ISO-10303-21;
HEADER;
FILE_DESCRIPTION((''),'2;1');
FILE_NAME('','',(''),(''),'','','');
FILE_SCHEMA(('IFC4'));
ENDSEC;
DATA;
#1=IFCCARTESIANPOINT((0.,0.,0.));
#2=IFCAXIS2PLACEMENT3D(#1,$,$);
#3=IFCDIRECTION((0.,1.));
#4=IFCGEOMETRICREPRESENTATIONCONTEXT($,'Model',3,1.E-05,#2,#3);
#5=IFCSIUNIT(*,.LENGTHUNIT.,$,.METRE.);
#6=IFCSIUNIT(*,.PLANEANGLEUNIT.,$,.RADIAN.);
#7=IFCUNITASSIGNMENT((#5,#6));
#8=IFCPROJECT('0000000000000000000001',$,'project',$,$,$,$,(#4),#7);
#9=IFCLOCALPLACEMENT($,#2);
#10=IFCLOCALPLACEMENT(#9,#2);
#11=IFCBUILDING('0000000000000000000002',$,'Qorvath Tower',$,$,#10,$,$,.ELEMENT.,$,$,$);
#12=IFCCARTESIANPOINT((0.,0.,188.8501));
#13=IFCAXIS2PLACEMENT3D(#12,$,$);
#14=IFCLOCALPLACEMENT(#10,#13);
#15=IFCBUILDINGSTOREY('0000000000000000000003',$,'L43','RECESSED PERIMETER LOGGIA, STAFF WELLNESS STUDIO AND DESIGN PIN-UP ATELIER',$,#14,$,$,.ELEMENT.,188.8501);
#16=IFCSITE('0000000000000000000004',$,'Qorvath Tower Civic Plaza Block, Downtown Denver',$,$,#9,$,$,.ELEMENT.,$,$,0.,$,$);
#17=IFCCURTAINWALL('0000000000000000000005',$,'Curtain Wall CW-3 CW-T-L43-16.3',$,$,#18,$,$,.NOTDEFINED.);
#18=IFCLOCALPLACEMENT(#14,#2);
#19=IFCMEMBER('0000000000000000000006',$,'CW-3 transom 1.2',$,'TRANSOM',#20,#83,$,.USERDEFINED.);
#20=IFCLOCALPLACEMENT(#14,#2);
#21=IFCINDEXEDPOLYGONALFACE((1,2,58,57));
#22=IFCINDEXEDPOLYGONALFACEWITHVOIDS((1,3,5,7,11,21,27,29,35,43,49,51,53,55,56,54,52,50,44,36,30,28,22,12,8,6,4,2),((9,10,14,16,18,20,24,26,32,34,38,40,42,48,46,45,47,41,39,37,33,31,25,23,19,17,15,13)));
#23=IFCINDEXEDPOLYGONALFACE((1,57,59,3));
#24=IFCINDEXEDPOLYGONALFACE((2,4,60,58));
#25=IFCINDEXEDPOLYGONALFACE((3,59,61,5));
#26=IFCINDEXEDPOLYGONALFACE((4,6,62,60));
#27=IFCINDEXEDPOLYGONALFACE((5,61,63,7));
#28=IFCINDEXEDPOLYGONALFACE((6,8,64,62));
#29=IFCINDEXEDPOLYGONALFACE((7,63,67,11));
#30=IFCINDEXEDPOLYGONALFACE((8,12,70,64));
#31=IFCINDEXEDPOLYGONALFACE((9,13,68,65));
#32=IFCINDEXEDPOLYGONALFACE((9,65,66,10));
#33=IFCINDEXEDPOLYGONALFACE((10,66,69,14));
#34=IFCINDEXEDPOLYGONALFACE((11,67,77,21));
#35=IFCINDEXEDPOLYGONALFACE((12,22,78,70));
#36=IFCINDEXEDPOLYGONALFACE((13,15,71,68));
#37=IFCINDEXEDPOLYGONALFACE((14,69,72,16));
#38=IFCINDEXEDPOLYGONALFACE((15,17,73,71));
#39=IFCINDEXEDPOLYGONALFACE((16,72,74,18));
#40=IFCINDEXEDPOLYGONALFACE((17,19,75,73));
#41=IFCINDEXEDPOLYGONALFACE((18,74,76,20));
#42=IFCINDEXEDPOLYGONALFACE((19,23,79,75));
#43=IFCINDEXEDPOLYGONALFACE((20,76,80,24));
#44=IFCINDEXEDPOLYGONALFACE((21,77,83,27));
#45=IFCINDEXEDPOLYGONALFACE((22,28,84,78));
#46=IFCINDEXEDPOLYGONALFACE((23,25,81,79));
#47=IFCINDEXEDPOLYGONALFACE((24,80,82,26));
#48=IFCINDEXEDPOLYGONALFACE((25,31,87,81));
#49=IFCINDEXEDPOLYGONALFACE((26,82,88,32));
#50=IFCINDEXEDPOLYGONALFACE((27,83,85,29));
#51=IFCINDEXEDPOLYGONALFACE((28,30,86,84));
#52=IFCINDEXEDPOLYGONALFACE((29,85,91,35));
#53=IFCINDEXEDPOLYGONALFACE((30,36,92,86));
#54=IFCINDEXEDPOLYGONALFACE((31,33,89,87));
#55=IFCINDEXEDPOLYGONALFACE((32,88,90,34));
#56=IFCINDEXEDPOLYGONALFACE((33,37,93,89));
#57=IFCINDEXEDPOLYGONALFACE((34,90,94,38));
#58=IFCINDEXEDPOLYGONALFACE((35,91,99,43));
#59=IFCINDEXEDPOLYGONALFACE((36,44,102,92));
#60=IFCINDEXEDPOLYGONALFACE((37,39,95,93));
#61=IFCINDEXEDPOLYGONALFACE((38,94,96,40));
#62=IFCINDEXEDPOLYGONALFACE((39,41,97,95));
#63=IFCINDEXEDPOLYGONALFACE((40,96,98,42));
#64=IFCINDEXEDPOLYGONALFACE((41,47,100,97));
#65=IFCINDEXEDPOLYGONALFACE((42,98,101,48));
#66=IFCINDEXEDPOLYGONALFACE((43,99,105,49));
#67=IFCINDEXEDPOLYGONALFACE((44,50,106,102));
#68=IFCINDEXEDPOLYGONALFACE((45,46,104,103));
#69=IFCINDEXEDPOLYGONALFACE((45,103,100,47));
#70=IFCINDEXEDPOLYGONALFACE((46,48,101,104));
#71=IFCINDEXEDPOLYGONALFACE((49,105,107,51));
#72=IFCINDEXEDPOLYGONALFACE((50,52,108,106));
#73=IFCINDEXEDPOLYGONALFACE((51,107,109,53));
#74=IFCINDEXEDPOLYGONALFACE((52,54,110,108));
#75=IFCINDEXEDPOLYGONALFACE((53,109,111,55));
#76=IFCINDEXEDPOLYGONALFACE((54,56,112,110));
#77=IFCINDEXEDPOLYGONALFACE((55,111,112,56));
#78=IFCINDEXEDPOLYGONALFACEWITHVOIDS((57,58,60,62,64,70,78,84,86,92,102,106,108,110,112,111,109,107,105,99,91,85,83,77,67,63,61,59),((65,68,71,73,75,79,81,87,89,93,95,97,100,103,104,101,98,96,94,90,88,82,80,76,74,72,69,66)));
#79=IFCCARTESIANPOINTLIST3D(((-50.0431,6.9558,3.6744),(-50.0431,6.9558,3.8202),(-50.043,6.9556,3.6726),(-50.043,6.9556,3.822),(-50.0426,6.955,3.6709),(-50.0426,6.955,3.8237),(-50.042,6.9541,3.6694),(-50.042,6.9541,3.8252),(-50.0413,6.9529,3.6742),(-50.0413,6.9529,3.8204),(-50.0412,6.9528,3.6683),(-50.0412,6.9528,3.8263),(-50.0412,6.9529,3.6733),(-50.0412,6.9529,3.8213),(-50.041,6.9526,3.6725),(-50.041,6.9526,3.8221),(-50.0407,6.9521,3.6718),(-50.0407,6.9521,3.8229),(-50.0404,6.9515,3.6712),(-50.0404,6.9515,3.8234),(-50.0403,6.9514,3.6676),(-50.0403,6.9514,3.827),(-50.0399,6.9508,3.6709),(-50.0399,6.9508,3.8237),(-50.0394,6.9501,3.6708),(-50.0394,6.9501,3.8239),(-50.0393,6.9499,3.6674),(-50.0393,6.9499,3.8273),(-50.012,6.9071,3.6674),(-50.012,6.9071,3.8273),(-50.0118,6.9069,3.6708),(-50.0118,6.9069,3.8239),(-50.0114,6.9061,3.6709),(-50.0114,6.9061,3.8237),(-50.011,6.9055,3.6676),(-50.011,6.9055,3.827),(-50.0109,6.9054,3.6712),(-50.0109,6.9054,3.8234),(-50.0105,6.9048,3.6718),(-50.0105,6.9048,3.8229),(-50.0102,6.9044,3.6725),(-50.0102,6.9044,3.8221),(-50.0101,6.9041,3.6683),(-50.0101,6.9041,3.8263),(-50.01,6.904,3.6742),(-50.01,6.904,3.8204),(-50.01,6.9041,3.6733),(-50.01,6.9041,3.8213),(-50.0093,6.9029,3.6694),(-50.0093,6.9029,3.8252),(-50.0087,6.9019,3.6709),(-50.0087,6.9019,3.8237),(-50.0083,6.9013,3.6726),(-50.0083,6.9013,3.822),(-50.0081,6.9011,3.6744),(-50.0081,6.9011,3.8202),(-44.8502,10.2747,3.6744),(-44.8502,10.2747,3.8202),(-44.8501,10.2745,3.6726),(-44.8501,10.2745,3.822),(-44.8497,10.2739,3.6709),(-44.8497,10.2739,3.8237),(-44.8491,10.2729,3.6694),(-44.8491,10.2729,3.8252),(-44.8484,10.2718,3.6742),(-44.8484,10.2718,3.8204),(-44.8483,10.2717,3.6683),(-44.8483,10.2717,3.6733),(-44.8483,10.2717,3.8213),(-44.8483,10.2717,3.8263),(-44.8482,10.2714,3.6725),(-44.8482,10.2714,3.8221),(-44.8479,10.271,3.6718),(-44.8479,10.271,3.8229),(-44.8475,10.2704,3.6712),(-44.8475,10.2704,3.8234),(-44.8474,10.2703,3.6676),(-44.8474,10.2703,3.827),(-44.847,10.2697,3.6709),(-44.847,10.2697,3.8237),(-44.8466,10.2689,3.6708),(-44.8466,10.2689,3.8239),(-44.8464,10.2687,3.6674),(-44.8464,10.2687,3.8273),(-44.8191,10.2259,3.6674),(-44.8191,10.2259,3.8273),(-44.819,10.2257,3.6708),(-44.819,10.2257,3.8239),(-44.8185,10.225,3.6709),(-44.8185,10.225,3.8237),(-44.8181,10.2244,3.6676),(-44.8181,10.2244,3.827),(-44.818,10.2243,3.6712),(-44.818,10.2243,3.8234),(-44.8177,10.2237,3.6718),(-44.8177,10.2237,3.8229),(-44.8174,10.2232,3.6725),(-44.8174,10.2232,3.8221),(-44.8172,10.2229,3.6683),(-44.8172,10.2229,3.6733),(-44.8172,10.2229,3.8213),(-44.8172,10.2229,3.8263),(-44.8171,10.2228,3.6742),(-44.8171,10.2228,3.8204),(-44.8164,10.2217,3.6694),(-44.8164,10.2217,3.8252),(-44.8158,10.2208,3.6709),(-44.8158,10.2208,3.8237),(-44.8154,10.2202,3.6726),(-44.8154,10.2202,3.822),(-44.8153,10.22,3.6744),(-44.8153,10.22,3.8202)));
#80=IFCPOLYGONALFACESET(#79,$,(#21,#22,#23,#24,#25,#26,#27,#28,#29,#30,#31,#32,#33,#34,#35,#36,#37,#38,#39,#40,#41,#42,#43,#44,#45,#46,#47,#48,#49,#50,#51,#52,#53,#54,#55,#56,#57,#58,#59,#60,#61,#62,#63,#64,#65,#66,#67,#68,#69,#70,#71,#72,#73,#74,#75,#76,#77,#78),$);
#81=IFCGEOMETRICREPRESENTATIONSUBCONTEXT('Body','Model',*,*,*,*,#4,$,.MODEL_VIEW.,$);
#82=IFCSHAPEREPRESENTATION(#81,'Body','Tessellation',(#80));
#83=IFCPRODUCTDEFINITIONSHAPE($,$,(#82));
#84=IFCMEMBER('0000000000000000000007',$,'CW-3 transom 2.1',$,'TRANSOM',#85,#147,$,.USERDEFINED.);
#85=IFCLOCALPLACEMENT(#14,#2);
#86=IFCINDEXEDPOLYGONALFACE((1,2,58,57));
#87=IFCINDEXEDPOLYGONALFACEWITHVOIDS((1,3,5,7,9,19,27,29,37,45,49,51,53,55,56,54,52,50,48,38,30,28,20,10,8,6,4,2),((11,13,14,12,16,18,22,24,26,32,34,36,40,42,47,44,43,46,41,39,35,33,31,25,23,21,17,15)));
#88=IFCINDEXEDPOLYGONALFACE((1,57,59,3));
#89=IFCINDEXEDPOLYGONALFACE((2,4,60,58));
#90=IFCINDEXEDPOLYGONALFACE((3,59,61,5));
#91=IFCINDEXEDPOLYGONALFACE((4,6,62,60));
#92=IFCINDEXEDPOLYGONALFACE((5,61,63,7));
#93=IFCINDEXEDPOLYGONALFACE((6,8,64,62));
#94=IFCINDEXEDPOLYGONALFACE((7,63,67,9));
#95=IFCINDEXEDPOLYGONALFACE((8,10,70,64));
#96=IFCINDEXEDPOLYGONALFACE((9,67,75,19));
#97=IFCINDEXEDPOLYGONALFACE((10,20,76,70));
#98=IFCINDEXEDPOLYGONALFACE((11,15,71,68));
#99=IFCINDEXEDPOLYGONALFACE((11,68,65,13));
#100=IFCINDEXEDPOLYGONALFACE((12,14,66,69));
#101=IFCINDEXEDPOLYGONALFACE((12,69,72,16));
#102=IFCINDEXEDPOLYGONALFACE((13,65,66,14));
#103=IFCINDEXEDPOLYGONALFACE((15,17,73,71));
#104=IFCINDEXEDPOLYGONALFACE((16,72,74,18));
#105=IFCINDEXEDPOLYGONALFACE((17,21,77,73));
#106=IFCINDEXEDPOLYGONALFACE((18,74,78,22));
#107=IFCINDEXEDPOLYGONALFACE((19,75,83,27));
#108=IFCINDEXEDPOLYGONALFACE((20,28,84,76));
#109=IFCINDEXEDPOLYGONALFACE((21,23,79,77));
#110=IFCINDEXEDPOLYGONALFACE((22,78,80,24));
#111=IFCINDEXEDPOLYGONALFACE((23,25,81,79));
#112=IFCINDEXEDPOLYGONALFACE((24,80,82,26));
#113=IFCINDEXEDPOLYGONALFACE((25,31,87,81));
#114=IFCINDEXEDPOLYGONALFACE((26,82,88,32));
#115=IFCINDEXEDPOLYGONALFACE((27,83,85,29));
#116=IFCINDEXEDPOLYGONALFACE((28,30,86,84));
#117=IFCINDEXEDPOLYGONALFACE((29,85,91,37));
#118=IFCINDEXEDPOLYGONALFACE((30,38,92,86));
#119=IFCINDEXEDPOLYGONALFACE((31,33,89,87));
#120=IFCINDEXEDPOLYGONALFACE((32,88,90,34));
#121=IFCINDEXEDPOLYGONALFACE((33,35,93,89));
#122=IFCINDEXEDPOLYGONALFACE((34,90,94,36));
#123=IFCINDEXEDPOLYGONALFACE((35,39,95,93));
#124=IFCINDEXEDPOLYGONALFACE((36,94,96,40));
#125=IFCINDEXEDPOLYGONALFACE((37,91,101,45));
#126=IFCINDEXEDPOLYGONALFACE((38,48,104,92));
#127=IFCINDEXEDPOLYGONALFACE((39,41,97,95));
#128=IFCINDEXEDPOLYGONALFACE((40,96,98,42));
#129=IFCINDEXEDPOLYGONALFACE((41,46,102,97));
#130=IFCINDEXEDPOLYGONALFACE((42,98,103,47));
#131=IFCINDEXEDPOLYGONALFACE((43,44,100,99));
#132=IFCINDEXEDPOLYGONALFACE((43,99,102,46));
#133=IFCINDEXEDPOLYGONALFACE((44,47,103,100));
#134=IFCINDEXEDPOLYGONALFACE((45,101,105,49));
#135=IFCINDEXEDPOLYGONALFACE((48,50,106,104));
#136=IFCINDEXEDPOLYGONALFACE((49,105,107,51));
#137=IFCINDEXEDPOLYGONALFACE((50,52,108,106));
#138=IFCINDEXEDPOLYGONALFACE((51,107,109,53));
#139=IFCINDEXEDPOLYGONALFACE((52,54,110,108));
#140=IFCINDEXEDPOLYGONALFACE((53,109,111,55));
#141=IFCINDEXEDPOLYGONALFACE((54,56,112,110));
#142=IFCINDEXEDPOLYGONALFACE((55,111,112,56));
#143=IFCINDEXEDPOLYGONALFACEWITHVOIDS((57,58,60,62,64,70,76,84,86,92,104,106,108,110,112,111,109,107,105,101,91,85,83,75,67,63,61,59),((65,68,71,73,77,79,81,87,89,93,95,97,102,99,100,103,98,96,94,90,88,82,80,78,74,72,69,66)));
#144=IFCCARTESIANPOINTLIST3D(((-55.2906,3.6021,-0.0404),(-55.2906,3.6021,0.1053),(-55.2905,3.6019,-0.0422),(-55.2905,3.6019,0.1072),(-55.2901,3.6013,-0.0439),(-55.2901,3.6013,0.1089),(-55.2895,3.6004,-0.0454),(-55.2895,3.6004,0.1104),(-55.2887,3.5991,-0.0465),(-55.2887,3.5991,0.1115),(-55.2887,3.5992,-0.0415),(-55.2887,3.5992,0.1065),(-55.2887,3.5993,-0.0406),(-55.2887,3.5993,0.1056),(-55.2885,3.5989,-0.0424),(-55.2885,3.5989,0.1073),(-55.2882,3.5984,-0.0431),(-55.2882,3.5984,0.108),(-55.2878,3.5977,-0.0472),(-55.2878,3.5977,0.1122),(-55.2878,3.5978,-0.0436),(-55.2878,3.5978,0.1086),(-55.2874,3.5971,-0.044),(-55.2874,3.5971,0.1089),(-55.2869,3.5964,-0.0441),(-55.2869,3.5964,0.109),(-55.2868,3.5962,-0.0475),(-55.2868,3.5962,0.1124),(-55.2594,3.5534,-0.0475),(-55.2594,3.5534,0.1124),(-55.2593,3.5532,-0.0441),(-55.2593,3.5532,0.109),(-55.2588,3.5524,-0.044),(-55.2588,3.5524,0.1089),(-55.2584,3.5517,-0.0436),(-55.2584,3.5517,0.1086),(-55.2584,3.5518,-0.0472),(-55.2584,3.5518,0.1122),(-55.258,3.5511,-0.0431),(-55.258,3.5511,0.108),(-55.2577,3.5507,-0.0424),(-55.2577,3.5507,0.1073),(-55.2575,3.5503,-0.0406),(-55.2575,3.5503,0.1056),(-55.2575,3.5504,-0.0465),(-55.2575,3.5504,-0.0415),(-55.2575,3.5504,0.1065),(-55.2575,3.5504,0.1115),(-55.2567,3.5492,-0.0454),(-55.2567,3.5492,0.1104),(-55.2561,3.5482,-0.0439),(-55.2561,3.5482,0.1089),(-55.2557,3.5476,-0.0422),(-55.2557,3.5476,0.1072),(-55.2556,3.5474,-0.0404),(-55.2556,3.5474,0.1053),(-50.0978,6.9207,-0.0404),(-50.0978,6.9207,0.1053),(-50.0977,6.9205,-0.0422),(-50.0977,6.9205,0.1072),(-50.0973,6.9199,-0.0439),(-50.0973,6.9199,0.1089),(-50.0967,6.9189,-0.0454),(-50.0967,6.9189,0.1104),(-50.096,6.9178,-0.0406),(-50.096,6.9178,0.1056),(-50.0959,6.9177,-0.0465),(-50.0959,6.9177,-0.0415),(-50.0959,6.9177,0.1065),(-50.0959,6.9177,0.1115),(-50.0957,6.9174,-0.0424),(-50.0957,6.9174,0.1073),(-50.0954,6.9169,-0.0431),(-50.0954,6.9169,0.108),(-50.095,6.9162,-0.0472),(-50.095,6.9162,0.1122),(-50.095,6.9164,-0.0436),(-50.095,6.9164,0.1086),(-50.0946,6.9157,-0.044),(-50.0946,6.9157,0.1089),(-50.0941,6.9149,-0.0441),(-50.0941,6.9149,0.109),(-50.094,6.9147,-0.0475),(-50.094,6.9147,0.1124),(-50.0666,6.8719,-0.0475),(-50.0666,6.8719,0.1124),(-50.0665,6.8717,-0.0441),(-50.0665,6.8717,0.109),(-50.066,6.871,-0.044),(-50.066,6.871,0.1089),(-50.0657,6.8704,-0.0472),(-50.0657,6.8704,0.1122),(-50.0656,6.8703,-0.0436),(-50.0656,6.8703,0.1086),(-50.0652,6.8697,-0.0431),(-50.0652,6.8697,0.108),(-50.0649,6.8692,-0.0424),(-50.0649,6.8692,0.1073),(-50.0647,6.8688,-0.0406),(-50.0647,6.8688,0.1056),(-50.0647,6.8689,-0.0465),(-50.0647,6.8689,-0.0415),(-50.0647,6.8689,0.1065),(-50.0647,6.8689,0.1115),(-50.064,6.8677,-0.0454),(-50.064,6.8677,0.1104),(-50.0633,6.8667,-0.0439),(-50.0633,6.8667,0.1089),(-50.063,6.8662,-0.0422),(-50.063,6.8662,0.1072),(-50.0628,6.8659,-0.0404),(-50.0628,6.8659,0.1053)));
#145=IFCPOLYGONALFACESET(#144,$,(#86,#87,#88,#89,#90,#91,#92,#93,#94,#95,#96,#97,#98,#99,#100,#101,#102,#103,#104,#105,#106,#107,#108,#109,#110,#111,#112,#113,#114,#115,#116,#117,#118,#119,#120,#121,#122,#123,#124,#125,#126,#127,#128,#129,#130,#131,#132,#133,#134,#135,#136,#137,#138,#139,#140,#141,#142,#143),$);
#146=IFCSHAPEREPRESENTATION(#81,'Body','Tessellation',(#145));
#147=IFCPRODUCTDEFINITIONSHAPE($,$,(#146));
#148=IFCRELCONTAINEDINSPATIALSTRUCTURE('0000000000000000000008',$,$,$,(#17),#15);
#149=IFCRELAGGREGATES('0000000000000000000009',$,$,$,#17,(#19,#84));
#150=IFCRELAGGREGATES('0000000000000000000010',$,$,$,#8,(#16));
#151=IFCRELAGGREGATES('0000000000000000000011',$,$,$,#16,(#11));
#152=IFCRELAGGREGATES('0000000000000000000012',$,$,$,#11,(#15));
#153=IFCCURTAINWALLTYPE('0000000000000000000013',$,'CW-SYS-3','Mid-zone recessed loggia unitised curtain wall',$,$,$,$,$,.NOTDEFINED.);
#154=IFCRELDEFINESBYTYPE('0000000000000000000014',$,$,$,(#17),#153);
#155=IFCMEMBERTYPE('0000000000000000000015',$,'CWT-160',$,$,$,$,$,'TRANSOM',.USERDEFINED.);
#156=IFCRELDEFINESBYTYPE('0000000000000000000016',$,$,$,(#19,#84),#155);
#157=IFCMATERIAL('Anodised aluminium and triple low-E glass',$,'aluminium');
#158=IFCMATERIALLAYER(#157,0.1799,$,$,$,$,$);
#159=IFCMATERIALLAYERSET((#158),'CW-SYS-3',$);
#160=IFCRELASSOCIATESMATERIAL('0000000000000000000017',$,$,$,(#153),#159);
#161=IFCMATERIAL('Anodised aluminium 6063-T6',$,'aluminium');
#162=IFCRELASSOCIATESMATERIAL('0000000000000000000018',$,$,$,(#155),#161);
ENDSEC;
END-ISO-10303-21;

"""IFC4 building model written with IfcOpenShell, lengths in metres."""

from ifc_helpers import new_model, si_unit, direction, frame, origin, origin_2d, place, context, subcontext, project, spatial, hollow_rectangle, extrude, material, layer, layer_set, material_profile, profile_set, type_object, element, aggregate, save


model = new_model("IFC4")

# Units and contexts
model_context = context("Model", 3, precision=1e-05, world=origin(), true_north=direction((0.0, 1.0)))
body_context = subcontext(model_context, "Body", "Model", "MODEL_VIEW")
ifc_project = project(units=[si_unit("LENGTHUNIT", "METRE"), si_unit("PLANEANGLEUNIT", "RADIAN")], contexts=[model_context])

# Site, building, storey
site_placement = place(None, origin())
site = spatial("IfcSite", under=ifc_project, at=site_placement, Name="Qorvath Tower Civic Plaza Block, Downtown Denver", CompositionType="ELEMENT", RefElevation=0.0)
building_placement = place(site_placement, origin())
building = spatial("IfcBuilding", under=site, at=building_placement, Name="Qorvath Tower", CompositionType="ELEMENT")
storey_placement = place(building_placement, frame((0.0, 0.0, 188.8501)))
storey = spatial("IfcBuildingStorey", under=building, at=storey_placement, Name="L43", Description="RECESSED PERIMETER LOGGIA, STAFF WELLNESS STUDIO AND DESIGN PIN-UP ATELIER", CompositionType="ELEMENT", Elevation=188.8501)

# Curtain wall
ifc_material_1 = material(Name="Anodised aluminium and triple low-E glass", Category="aluminium")
ifc_layer_1 = layer(ifc_material_1, 0.1799)
ifc_layer_set_1 = layer_set([ifc_layer_1], Name="CW-SYS-3")
curtain_wall_type = type_object("IfcCurtainWallType", Name="CW-SYS-3", Description="Mid-zone recessed loggia unitised curtain wall", PredefinedType="NOTDEFINED", material=ifc_layer_set_1)
curtain_wall_1_placement = place(storey_placement, origin())
curtain_wall_1 = element("IfcCurtainWall", 1, at=curtain_wall_1_placement, inside=storey, type_object=curtain_wall_type, Name="Curtain Wall CW-3 CW-T-L43-16.3", PredefinedType="NOTDEFINED")

# Members
ifc_material_2 = material(Name="Anodised aluminium 6063-T6", Category="aluminium")
ifc_material_profile_1 = material_profile(ifc_material_2, hollow_rectangle(XDim=0.0649, YDim=0.1599, WallThickness=0.0034, InnerFilletRadius=0.0034, OuterFilletRadius=0.0071, at=origin_2d()), Name="CWT 160x65")
ifc_profile_set_1 = profile_set([ifc_material_profile_1], Name="Anodised aluminium 6063-T6")
member_type_1 = type_object("IfcMemberType", Name="CWT-160", ElementType="TRANSOM", PredefinedType="USERDEFINED", material=ifc_profile_set_1)
member_1_placement = place(storey_placement, frame((-44.8328, 10.2473, 3.7473), z_axis=(-0.842609, -0.538525, 0.0), x_axis=(0.538525, -0.842609, 0.0)))
member_1 = element("IfcMember", 2, at=member_1_placement, type_object=member_type_1, Name="CW-3 transom 1.2", ObjectType="TRANSOM", PredefinedType="USERDEFINED", context=body_context, shape_type="SweptSolid", body=[
    extrude(hollow_rectangle(XDim=0.0649, YDim=0.1599, WallThickness=0.0034, InnerFilletRadius=0.0034, OuterFilletRadius=0.0071, at=origin_2d()), origin(), (0.0, 0.0, 1.0), 6.1628),
])
member_2_placement = place(storey_placement, frame((-50.0803, 6.8933, 0.0325), z_axis=(-0.842627, -0.538497, 0.0), x_axis=(0.538497, -0.842627, 0.0)))
member_2 = element("IfcMember", 3, at=member_2_placement, type_object=member_type_1, Name="CW-3 transom 2.1", ObjectType="TRANSOM", PredefinedType="USERDEFINED", context=body_context, shape_type="SweptSolid", body=[
    extrude(hollow_rectangle(XDim=0.0649, YDim=0.1599, WallThickness=0.0034, InnerFilletRadius=0.0034, OuterFilletRadius=0.0071, at=origin_2d()), origin(), (0.0, 0.0, 1.0), 6.1626),
])

aggregate(curtain_wall_1, [member_1, member_2])

save(model, "model.ifc")
